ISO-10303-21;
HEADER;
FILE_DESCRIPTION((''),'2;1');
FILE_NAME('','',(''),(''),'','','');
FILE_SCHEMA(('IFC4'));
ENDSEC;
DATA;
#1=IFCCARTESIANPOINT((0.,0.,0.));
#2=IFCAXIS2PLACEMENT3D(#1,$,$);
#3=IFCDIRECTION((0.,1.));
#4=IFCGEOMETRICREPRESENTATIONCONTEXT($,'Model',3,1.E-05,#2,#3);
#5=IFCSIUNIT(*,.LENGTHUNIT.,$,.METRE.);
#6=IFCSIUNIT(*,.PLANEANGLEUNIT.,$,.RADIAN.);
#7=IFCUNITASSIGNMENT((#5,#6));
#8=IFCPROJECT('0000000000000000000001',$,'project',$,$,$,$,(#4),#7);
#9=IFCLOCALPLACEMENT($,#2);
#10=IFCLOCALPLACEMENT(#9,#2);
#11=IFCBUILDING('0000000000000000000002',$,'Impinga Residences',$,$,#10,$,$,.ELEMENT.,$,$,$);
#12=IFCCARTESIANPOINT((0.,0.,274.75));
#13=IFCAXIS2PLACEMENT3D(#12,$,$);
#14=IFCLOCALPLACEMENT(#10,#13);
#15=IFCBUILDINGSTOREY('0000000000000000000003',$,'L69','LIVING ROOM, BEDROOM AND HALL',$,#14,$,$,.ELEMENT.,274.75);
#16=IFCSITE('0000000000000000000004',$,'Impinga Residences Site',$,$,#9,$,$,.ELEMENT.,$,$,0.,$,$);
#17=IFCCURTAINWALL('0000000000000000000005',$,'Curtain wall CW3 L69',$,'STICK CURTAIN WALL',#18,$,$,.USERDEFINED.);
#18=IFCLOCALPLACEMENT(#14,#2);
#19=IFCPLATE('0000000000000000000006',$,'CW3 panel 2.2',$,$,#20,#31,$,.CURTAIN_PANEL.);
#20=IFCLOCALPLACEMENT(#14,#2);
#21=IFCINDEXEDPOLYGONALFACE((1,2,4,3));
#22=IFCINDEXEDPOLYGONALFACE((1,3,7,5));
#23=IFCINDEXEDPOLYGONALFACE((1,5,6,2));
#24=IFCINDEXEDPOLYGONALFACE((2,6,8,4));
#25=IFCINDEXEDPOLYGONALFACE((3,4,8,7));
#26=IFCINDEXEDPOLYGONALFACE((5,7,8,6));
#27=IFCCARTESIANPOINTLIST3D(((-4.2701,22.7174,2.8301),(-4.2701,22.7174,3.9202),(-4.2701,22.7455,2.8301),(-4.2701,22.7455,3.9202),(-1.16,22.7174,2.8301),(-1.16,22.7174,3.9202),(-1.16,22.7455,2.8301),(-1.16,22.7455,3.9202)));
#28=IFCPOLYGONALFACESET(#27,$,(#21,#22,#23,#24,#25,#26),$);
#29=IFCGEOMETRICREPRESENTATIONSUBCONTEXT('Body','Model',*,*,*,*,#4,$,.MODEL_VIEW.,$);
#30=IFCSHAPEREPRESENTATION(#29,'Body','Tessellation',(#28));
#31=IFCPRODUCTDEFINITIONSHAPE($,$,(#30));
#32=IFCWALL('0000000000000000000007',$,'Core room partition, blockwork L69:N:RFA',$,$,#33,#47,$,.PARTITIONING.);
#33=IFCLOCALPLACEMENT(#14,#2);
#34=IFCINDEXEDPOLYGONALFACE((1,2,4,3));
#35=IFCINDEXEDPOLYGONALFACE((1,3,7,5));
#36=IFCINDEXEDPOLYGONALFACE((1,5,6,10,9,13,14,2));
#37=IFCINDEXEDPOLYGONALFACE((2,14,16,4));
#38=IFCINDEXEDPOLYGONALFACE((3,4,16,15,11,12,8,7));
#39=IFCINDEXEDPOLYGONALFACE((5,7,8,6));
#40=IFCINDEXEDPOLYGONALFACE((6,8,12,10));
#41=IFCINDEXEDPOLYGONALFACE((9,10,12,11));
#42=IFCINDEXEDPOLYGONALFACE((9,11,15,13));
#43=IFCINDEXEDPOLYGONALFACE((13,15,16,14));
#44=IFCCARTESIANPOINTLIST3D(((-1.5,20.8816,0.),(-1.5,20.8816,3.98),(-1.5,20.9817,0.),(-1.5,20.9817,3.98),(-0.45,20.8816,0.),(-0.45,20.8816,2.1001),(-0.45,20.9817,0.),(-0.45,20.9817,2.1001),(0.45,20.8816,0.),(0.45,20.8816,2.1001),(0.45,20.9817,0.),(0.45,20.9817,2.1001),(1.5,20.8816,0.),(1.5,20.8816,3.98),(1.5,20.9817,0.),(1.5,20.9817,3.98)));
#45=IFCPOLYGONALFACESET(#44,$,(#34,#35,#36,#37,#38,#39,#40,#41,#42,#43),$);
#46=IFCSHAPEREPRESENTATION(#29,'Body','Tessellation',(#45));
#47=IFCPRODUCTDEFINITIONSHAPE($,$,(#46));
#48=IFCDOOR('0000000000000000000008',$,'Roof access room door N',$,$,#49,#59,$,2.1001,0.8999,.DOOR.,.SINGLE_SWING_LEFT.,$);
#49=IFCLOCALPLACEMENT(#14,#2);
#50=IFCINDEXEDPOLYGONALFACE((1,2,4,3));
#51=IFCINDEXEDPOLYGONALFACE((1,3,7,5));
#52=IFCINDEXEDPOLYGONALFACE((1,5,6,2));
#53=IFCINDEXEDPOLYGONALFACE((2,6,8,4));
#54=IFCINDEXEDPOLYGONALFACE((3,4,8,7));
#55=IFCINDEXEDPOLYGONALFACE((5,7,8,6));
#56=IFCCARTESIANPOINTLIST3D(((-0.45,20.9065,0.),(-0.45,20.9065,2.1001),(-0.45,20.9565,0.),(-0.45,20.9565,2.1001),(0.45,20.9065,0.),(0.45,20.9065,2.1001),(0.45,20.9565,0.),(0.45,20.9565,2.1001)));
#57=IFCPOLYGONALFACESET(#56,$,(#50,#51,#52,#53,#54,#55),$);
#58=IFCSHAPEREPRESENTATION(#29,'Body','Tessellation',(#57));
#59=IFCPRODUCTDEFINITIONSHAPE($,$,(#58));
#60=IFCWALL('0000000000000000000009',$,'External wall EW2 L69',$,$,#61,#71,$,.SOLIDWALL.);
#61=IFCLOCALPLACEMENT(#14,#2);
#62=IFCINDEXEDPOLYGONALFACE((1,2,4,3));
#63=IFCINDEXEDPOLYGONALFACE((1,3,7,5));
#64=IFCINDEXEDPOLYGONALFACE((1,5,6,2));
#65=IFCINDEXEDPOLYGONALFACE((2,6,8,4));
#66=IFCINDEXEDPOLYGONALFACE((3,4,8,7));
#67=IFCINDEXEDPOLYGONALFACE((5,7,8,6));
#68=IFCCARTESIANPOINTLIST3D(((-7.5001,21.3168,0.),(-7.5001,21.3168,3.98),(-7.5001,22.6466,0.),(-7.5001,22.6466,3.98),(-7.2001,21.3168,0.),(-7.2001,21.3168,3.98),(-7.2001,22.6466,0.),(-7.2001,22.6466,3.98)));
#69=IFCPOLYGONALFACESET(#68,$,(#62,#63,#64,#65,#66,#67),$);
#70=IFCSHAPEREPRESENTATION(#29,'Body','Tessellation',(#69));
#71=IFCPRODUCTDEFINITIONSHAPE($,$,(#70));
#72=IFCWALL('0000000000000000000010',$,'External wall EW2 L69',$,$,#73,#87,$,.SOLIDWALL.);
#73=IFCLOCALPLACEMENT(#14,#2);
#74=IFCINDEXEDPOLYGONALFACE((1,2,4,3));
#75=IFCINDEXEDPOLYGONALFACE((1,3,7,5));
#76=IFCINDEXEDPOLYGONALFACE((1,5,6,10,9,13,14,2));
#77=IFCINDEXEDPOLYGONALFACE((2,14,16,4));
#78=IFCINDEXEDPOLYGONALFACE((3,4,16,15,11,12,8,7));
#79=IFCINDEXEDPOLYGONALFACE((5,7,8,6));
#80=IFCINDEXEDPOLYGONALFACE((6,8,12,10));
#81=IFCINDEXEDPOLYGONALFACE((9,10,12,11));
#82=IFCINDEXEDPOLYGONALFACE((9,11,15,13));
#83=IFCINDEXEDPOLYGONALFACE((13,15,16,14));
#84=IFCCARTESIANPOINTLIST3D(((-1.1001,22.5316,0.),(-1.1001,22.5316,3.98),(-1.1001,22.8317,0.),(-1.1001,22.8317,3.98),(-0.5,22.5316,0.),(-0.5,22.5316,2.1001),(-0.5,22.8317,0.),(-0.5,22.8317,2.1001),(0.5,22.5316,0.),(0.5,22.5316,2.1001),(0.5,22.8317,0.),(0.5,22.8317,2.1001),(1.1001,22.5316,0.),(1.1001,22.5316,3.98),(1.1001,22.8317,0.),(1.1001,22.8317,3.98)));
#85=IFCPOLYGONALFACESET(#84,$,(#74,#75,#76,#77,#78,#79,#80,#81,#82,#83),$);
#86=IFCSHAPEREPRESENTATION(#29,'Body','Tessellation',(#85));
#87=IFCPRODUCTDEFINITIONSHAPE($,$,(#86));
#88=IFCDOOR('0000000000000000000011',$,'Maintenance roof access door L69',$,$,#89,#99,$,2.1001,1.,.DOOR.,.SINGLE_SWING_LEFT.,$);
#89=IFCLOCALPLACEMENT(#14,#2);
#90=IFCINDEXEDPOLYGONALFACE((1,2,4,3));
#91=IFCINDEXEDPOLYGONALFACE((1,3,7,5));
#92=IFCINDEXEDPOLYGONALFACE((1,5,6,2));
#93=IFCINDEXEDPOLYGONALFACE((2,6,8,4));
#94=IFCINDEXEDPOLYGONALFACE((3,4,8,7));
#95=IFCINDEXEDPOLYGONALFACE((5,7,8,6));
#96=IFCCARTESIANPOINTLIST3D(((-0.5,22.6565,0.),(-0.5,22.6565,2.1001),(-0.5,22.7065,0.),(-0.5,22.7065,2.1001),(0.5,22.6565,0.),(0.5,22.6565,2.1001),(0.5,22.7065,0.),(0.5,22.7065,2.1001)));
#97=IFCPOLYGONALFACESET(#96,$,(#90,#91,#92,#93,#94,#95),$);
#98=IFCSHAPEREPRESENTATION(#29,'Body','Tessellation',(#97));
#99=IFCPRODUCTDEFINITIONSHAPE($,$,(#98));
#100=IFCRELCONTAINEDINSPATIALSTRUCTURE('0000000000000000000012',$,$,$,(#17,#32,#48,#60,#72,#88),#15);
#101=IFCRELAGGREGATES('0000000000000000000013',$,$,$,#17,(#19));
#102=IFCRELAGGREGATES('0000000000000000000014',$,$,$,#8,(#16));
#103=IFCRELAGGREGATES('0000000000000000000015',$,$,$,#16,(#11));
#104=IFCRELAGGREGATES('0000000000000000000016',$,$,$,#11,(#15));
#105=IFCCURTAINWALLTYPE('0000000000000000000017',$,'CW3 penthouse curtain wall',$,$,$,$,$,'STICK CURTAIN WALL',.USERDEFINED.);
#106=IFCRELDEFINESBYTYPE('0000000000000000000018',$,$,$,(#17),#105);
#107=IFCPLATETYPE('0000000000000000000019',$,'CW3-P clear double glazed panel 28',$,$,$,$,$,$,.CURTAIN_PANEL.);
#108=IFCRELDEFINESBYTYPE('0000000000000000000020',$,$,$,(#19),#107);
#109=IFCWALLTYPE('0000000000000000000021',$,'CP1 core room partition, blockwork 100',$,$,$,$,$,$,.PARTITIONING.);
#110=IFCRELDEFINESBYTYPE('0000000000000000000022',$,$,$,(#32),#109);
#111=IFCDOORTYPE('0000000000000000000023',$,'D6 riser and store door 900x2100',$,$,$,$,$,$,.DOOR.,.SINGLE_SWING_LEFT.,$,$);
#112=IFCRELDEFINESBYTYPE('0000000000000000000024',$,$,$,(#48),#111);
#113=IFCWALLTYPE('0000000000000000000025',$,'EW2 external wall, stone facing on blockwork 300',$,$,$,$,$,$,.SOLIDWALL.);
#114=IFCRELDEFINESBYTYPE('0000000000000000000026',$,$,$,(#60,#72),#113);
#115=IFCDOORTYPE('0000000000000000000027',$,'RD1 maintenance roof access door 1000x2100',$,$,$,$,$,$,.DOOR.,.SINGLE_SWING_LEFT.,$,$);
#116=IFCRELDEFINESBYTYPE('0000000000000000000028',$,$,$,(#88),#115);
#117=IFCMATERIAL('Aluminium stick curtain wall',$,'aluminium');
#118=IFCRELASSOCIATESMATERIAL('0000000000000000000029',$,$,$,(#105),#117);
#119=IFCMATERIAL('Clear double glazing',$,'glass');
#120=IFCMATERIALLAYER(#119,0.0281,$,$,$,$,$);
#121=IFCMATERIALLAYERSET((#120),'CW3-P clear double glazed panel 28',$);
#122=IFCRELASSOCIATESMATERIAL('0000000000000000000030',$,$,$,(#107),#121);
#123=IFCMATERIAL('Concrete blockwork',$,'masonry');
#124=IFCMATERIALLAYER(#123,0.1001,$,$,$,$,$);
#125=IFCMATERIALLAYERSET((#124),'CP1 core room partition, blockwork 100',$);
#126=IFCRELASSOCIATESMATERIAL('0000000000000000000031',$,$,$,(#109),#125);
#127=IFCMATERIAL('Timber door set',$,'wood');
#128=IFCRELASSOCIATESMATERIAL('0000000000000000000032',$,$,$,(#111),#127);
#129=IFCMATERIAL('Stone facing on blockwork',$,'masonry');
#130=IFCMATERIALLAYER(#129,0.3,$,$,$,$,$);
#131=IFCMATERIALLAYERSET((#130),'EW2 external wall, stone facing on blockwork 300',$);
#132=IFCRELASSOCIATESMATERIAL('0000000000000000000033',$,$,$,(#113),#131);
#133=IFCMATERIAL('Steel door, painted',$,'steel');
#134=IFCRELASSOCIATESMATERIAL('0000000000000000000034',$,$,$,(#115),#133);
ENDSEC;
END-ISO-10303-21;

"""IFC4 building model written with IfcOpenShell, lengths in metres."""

from ifc_helpers import new_model, si_unit, direction, frame, frame_2d, origin, origin_2d, place, context, subcontext, project, spatial, rectangle, extrude, material, layer, layer_set, type_object, element, fill, aggregate, save


model = new_model("IFC4")

# Units and contexts
model_context = context("Model", 3, precision=1e-05, world=origin(), true_north=direction((0.0, 1.0)))
body_context = subcontext(model_context, "Body", "Model", "MODEL_VIEW")
ifc_project = project(units=[si_unit("LENGTHUNIT", "METRE"), si_unit("PLANEANGLEUNIT", "RADIAN")], contexts=[model_context])

# Site, building, storey
site_placement = place(None, origin())
site = spatial("IfcSite", under=ifc_project, at=site_placement, Name="Impinga Residences Site", CompositionType="ELEMENT", RefElevation=0.0)
building_placement = place(site_placement, origin())
building = spatial("IfcBuilding", under=site, at=building_placement, Name="Impinga Residences", CompositionType="ELEMENT")
storey_placement = place(building_placement, frame((0.0, 0.0, 274.75)))
storey = spatial("IfcBuildingStorey", under=building, at=storey_placement, Name="L69", Description="LIVING ROOM, BEDROOM AND HALL", CompositionType="ELEMENT", Elevation=274.75)

# Shared definitions
ifc_material_1 = material(Name="Aluminium stick curtain wall", Category="aluminium")
curtain_wall_type = type_object("IfcCurtainWallType", Name="CW3 penthouse curtain wall", ElementType="STICK CURTAIN WALL", PredefinedType="USERDEFINED", material=ifc_material_1)

# Curtain wall
curtain_wall_1_placement = place(storey_placement, origin())
curtain_wall_1 = element("IfcCurtainWall", 1, at=curtain_wall_1_placement, inside=storey, type_object=curtain_wall_type, Name="Curtain wall CW3 L69", ObjectType="STICK CURTAIN WALL", PredefinedType="USERDEFINED")

# Plate
ifc_material_2 = material(Name="Clear double glazing", Category="glass")
ifc_layer_1 = layer(ifc_material_2, 0.0281)
ifc_layer_set_1 = layer_set([ifc_layer_1], Name="CW3-P clear double glazed panel 28")
plate_type = type_object("IfcPlateType", Name="CW3-P clear double glazed panel 28", PredefinedType="CURTAIN_PANEL", material=ifc_layer_set_1)
plate_1_placement = place(storey_placement, frame((-2.7151, 22.7314, 2.8301), z_axis=(0.0, 0.0, 1.0), x_axis=(1.0, 0.0, 0.0)))
plate_1 = element("IfcPlate", 2, at=plate_1_placement, type_object=plate_type, Name="CW3 panel 2.2", PredefinedType="CURTAIN_PANEL", context=body_context, shape_type="SweptSolid", body=[
    extrude(rectangle(XDim=3.1101, YDim=0.0281, at=origin_2d()), origin(), (0.0, 0.0, 1.0), 1.0901),
])
aggregate(curtain_wall_1, [plate_1])

# Wall, opening, door
ifc_material_3 = material(Name="Concrete blockwork", Category="masonry")
ifc_layer_2 = layer(ifc_material_3, 0.1001)
ifc_layer_set_2 = layer_set([ifc_layer_2], Name="CP1 core room partition, blockwork 100")
wall_type_1 = type_object("IfcWallType", Name="CP1 core room partition, blockwork 100", PredefinedType="PARTITIONING", material=ifc_layer_set_2)
wall_1_placement = place(storey_placement, frame((-1.5, 20.9316, 0.0), z_axis=(0.0, 0.0, 1.0), x_axis=(1.0, 0.0, 0.0)))
wall_1 = element("IfcWall", 3, at=wall_1_placement, inside=storey, type_object=wall_type_1, Name="Core room partition, blockwork L69:N:RFA", PredefinedType="PARTITIONING", context=body_context, shape_type="SweptSolid", body=[
    extrude(rectangle(XDim=3.0, YDim=0.1001, at=frame_2d((1.5, 0.0))), origin(), (0.0, 0.0, 1.0), 3.98),
])
opening_1_placement = place(wall_1_placement, frame((1.05, 0.0, 0.0)))
opening_1 = element("IfcOpeningElement", 4, at=opening_1_placement, cuts=wall_1, PredefinedType="OPENING", context=body_context, shape_type="SweptSolid", body=[
    extrude(rectangle(XDim=0.8999, YDim=2.1001, at=frame_2d((0.45, 1.05))), frame((0.0, 0.0601, 0.0), z_axis=(0.0, -1.0, 0.0), x_axis=(1.0, 0.0, 0.0)), (0.0, 0.0, 1.0), 0.1201),
])
ifc_material_4 = material(Name="Timber door set", Category="wood")
door_type_1 = type_object("IfcDoorType", Name="D6 riser and store door 900x2100", OperationType="SINGLE_SWING_LEFT", PredefinedType="DOOR", material=ifc_material_4)
door_1_placement = place(opening_1_placement, origin())
door_1 = element("IfcDoor", 5, at=door_1_placement, inside=storey, type_object=door_type_1, Name="Roof access room door N", OperationType="SINGLE_SWING_LEFT", OverallHeight=2.1001, OverallWidth=0.8999, PredefinedType="DOOR", context=body_context, shape_type="SweptSolid", body=[
    extrude(rectangle(XDim=0.8999, YDim=2.1001, at=frame_2d((0.45, 1.05))), frame((0.0, 0.0249, 0.0), z_axis=(0.0, -1.0, 0.0), x_axis=(1.0, 0.0, 0.0)), (0.0, 0.0, 1.0), 0.05),
])
fill(opening_1, door_1)

# Wall
ifc_material_5 = material(Name="Stone facing on blockwork", Category="masonry")
ifc_layer_3 = layer(ifc_material_5, 0.3)
ifc_layer_set_3 = layer_set([ifc_layer_3], Name="EW2 external wall, stone facing on blockwork 300")
wall_type_2 = type_object("IfcWallType", Name="EW2 external wall, stone facing on blockwork 300", PredefinedType="SOLIDWALL", material=ifc_layer_set_3)
wall_2_placement = place(storey_placement, frame((-7.3501, 21.3167, 0.0), z_axis=(0.0, 0.0, 1.0), x_axis=(0.0, 1.0, 0.0)))
element("IfcWall", 6, at=wall_2_placement, inside=storey, type_object=wall_type_2, Name="External wall EW2 L69", PredefinedType="SOLIDWALL", context=body_context, shape_type="SweptSolid", body=[
    extrude(rectangle(XDim=1.3298, YDim=0.3, at=frame_2d((0.665, 0.0))), origin(), (0.0, 0.0, 1.0), 3.98),
])

# Wall, opening, door
wall_3_placement = place(storey_placement, frame((-1.1001, 22.6816, 0.0), z_axis=(0.0, 0.0, 1.0), x_axis=(1.0, 0.0, 0.0)))
wall_3 = element("IfcWall", 7, at=wall_3_placement, inside=storey, type_object=wall_type_2, Name="External wall EW2 L69", PredefinedType="SOLIDWALL", context=body_context, shape_type="SweptSolid", body=[
    extrude(rectangle(XDim=2.2002, YDim=0.3, at=frame_2d((1.1001, 0.0))), origin(), (0.0, 0.0, 1.0), 3.98),
])
opening_2_placement = place(wall_3_placement, frame((0.6001, 0.0, 0.0)))
opening_2 = element("IfcOpeningElement", 8, at=opening_2_placement, cuts=wall_3, PredefinedType="OPENING", context=body_context, shape_type="SweptSolid", body=[
    extrude(rectangle(XDim=1.0, YDim=2.1001, at=frame_2d((0.5, 1.05))), frame((0.0, 0.1599, 0.0), z_axis=(0.0, -1.0, 0.0), x_axis=(1.0, 0.0, 0.0)), (0.0, 0.0, 1.0), 0.3201),
])
ifc_material_6 = material(Name="Steel door, painted", Category="steel")
door_type_2 = type_object("IfcDoorType", Name="RD1 maintenance roof access door 1000x2100", OperationType="SINGLE_SWING_LEFT", PredefinedType="DOOR", material=ifc_material_6)
door_2_placement = place(opening_2_placement, origin())
door_2 = element("IfcDoor", 9, at=door_2_placement, inside=storey, type_object=door_type_2, Name="Maintenance roof access door L69", OperationType="SINGLE_SWING_LEFT", OverallHeight=2.1001, OverallWidth=1.0, PredefinedType="DOOR", context=body_context, shape_type="SweptSolid", body=[
    extrude(rectangle(XDim=1.0, YDim=2.1001, at=frame_2d((0.5, 1.05))), frame((0.0, 0.0249, 0.0), z_axis=(0.0, -1.0, 0.0), x_axis=(1.0, 0.0, 0.0)), (0.0, 0.0, 1.0), 0.05),
])
fill(opening_2, door_2)

save(model, "model.ifc")
